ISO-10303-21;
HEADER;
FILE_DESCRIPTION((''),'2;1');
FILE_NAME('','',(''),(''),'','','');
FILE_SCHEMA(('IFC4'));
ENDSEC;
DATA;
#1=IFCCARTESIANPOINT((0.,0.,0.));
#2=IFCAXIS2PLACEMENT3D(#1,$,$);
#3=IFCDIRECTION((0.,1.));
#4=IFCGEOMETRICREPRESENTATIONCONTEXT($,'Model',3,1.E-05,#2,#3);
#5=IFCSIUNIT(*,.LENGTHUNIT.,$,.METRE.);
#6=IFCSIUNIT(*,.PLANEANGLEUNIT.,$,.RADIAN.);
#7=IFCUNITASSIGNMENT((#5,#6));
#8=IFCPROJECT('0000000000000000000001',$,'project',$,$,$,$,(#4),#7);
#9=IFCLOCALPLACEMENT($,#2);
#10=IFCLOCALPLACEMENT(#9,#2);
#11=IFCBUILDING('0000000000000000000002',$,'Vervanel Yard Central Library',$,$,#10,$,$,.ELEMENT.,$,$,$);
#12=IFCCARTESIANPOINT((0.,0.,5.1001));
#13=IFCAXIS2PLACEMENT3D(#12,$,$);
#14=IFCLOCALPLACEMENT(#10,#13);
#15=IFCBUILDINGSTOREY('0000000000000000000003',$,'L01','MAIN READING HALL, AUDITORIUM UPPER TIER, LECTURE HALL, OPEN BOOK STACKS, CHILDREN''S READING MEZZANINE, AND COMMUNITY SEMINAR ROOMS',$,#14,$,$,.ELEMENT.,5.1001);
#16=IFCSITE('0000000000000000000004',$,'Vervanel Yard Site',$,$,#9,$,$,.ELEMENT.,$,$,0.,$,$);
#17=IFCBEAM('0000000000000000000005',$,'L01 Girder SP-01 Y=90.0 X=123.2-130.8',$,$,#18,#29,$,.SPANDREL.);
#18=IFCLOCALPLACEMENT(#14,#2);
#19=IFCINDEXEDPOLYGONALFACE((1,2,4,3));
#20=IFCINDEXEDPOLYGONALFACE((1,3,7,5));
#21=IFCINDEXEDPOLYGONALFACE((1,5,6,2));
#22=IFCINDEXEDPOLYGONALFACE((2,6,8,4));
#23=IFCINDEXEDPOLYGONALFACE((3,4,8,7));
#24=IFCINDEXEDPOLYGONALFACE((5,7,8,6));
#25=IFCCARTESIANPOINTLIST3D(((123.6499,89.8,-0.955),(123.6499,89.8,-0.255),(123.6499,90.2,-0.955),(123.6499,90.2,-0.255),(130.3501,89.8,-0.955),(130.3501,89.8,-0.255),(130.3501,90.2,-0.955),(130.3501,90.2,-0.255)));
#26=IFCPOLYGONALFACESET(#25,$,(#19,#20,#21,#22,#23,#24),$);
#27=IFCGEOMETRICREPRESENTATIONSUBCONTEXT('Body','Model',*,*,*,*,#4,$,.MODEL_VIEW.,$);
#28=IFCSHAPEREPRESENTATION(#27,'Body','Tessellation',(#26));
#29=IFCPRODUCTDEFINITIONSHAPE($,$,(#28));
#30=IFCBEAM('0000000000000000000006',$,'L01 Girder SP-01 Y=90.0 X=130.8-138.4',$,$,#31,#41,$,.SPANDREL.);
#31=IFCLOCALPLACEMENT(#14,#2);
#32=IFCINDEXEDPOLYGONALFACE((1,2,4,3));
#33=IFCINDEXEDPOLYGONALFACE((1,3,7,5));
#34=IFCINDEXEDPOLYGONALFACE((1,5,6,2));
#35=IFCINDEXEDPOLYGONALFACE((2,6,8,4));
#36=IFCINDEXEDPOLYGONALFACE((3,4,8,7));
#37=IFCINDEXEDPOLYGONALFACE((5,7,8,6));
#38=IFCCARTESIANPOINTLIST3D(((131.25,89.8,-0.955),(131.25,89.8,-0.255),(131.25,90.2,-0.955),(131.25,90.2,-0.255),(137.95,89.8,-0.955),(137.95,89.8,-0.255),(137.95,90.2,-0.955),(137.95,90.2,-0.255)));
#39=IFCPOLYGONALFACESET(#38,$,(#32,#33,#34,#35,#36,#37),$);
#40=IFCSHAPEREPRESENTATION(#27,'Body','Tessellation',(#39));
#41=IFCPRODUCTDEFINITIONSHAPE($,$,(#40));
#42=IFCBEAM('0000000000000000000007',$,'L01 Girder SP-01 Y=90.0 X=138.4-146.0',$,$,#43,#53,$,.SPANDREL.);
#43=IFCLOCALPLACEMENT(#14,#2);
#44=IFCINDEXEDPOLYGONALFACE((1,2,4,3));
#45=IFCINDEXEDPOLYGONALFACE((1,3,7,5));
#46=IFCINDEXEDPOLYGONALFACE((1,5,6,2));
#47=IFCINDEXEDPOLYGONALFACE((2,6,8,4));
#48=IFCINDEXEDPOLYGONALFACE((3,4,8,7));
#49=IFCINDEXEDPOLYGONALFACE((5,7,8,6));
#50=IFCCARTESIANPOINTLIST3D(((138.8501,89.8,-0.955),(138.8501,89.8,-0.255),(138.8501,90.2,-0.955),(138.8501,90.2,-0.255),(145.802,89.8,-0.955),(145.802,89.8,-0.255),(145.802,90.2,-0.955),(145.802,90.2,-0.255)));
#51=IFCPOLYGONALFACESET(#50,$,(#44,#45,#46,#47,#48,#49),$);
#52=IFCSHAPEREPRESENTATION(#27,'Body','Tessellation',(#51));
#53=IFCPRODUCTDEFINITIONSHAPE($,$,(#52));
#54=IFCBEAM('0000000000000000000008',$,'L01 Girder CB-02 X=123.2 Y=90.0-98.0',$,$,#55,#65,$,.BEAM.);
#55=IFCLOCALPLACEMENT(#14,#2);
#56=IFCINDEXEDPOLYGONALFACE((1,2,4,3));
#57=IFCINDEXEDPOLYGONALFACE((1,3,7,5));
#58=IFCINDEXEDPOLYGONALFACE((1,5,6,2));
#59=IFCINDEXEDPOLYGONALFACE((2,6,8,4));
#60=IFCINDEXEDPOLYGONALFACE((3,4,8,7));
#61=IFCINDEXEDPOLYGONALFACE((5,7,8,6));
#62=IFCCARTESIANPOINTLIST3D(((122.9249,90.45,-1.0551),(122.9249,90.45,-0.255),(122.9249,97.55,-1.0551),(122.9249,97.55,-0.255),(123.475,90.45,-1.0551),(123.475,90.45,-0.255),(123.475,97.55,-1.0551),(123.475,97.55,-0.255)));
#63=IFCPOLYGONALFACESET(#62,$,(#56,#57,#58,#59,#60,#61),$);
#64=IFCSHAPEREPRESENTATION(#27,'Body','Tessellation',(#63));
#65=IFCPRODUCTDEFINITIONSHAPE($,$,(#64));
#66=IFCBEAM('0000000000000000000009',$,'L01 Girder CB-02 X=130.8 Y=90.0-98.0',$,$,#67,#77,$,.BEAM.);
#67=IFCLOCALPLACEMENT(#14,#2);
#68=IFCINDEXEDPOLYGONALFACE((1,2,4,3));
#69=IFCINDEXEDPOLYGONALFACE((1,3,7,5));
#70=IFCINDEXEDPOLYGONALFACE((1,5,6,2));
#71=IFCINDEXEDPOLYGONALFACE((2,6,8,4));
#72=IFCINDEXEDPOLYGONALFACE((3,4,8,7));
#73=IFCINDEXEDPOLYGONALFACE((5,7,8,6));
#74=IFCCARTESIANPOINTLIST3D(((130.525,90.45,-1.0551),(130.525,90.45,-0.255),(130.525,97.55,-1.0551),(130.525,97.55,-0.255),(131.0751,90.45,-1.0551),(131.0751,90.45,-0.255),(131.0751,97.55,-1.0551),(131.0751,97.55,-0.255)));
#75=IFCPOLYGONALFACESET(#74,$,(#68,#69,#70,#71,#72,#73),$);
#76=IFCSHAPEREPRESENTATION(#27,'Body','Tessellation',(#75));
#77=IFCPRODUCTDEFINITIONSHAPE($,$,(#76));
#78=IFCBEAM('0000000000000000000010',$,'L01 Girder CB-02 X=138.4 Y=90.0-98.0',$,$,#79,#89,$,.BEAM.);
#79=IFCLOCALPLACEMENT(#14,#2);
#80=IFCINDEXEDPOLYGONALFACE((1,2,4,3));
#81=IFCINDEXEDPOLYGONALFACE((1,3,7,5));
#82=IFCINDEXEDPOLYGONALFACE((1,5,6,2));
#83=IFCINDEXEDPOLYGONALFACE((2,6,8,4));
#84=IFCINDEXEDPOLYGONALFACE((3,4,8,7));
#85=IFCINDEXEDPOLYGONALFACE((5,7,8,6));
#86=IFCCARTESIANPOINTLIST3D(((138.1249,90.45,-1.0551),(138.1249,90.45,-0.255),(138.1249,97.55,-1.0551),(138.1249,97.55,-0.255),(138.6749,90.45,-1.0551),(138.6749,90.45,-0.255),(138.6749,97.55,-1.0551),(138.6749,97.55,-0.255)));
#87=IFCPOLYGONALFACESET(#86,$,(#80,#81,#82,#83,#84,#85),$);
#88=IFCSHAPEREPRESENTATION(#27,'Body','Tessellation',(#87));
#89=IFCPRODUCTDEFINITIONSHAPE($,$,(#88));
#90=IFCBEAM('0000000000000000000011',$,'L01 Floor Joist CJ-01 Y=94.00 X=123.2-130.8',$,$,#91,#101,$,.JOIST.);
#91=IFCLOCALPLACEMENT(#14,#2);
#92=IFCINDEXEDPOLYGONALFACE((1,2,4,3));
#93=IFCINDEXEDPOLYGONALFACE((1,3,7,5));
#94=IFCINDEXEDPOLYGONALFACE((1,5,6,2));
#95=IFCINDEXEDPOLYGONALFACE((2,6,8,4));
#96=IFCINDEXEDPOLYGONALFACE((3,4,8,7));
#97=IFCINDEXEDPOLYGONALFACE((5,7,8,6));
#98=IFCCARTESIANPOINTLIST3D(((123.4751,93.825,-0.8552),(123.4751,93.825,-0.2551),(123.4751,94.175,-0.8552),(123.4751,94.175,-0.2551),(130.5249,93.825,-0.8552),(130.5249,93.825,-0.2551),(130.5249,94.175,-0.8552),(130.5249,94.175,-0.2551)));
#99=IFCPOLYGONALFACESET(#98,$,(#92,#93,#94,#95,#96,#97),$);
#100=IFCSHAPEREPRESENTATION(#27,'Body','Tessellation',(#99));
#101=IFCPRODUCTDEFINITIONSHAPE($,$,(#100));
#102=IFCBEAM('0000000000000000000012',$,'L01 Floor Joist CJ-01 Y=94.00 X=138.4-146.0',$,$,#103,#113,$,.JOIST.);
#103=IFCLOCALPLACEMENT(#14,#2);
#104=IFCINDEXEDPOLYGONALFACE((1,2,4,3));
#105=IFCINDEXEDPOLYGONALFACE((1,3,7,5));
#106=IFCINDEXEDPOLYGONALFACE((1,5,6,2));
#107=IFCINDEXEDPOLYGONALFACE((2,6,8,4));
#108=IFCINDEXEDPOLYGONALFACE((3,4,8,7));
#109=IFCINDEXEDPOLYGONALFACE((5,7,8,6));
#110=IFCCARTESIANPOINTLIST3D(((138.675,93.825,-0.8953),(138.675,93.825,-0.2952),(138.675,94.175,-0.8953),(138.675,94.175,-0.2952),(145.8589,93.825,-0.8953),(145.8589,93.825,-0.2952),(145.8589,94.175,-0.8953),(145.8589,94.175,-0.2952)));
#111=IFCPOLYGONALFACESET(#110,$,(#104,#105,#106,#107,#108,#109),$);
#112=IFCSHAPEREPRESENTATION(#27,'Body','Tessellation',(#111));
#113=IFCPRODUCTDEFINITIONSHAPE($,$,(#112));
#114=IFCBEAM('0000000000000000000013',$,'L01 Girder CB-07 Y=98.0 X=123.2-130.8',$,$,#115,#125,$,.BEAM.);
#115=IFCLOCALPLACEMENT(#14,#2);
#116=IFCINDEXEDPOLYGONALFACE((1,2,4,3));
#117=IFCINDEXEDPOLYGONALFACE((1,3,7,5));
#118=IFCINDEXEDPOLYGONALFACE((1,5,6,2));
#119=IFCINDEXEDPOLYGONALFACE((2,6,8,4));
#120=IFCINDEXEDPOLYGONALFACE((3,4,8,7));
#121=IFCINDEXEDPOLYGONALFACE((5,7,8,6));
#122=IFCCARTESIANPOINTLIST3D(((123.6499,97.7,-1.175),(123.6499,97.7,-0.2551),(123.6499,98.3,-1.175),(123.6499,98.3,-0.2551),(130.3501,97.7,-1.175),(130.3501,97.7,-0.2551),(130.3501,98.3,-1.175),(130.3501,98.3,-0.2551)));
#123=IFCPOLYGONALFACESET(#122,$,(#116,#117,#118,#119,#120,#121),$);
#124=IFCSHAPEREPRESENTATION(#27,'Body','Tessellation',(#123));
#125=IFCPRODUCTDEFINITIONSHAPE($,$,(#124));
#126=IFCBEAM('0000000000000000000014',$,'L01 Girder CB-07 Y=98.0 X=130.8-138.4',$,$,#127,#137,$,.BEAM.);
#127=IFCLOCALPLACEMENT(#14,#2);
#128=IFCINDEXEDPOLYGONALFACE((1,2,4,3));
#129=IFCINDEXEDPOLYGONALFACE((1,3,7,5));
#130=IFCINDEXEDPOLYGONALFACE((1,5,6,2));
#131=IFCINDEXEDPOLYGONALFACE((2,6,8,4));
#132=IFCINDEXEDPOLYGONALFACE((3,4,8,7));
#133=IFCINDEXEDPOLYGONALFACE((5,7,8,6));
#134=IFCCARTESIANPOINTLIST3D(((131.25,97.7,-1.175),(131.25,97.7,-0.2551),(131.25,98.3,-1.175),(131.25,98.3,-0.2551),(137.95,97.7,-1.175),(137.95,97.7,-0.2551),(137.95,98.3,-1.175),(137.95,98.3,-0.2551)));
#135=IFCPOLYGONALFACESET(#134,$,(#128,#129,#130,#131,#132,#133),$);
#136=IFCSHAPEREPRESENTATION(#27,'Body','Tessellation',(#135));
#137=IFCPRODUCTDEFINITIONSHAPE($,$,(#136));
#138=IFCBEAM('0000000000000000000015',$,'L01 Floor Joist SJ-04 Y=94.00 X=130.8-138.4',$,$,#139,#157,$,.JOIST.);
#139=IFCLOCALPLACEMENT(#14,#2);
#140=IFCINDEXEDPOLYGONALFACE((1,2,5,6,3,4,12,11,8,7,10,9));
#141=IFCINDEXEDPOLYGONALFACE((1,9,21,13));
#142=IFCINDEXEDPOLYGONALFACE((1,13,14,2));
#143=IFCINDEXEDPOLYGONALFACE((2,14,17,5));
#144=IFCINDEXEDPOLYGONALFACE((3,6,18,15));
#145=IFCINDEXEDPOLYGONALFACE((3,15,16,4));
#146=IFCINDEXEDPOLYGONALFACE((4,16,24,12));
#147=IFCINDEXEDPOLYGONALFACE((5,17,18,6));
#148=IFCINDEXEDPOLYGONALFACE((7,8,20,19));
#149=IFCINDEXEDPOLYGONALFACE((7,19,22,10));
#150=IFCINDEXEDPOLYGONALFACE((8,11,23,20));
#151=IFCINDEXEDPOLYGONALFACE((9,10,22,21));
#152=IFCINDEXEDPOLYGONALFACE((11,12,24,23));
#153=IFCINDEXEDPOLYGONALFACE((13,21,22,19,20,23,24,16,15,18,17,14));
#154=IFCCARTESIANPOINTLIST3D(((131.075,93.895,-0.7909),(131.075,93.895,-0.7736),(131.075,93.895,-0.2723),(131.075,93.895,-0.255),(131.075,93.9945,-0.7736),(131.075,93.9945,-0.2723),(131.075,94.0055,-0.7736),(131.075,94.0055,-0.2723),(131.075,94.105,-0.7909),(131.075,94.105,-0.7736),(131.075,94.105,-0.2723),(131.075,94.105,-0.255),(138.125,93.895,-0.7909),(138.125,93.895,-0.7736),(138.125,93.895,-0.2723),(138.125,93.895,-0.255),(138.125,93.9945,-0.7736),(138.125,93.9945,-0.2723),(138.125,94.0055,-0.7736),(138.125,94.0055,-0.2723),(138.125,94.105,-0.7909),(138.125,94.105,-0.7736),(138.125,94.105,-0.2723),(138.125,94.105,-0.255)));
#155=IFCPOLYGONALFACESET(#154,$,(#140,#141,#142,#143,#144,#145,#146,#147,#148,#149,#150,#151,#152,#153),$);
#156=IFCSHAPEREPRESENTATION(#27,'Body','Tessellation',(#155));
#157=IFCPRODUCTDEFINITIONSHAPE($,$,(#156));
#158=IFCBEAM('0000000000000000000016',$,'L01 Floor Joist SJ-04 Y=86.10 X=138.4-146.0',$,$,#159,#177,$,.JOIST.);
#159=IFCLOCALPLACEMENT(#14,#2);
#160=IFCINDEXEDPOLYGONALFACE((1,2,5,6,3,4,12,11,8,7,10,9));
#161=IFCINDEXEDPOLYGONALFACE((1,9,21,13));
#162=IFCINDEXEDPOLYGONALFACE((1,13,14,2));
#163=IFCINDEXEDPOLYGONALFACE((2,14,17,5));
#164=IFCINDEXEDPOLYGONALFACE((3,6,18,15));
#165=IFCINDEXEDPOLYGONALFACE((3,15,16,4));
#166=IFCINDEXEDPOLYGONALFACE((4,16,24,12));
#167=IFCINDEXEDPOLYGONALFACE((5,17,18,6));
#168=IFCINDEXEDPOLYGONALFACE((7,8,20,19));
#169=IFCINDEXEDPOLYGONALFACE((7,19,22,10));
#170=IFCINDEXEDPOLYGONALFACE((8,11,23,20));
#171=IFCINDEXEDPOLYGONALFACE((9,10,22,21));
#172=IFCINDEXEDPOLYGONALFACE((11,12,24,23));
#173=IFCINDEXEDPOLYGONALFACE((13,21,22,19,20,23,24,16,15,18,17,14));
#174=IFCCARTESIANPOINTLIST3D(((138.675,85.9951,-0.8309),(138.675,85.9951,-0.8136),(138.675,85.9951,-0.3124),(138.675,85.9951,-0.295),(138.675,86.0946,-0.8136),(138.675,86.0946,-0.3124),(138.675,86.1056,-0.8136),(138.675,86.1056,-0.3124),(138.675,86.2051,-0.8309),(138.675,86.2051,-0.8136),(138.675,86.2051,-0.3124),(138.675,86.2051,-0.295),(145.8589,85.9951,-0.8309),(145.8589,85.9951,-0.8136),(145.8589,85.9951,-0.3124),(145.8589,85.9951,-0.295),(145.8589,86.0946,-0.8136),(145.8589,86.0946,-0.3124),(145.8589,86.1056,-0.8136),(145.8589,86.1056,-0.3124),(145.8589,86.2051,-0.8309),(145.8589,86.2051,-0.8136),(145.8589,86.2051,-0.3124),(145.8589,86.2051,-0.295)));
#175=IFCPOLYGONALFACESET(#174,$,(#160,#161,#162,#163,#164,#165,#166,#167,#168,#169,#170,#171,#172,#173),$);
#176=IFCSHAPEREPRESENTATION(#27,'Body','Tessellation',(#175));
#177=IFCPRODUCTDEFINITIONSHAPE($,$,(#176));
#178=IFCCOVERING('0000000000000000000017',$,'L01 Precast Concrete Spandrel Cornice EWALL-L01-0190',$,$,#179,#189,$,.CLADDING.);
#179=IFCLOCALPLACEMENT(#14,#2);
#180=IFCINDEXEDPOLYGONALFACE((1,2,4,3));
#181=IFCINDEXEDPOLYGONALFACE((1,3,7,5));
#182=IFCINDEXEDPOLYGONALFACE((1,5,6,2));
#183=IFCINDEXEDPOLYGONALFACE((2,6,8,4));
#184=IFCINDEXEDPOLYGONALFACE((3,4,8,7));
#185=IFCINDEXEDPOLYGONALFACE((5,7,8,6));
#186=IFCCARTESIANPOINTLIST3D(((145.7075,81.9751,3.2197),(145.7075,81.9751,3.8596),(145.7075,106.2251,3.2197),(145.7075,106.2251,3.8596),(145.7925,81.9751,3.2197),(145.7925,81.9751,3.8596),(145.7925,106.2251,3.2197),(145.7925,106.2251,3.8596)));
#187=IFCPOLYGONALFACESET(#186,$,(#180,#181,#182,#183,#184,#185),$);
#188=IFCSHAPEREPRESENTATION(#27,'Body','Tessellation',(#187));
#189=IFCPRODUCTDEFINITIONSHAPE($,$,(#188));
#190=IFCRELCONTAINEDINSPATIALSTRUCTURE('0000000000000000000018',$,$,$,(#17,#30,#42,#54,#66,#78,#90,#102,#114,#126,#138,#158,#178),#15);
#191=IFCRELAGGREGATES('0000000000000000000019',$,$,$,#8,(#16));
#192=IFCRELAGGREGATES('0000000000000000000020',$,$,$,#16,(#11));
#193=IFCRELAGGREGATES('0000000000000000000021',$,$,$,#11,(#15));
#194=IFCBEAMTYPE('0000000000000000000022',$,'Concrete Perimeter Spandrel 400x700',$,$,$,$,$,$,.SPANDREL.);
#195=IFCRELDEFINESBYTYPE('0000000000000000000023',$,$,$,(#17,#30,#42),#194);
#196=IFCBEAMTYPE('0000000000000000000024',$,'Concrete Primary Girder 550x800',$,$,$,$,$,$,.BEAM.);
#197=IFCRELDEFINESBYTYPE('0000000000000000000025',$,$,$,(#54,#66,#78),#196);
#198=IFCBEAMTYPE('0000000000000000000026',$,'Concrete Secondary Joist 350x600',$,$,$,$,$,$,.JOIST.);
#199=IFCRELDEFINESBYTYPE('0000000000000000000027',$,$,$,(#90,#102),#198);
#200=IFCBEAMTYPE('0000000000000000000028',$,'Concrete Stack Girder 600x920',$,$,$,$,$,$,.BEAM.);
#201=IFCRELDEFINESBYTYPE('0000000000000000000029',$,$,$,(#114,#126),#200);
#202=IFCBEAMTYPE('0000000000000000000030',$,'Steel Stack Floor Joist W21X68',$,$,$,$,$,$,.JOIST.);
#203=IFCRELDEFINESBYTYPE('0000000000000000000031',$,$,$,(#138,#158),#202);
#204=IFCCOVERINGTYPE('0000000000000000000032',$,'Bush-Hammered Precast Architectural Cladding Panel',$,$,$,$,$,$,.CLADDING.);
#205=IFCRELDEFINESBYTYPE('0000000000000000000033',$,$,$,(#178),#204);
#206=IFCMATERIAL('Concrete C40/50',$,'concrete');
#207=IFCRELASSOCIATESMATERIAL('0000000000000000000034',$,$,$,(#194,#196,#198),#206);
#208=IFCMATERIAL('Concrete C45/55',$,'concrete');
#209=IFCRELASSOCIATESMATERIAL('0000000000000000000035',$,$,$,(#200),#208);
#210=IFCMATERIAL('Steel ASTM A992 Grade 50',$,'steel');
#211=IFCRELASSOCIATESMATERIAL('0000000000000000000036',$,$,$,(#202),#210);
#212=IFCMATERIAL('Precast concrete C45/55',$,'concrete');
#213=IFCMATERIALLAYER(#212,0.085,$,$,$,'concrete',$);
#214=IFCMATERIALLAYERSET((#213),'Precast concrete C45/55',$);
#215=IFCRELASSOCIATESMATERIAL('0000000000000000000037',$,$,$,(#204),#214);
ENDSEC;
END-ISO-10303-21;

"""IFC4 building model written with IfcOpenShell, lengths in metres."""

from ifc_helpers import new_model, si_unit, direction, frame, origin, origin_2d, place, context, subcontext, project, spatial, rectangle, i_section, extrude, material, layer, layer_set, material_profile, profile_set, type_object, element, save


model = new_model("IFC4")

# Units and contexts
model_context = context("Model", 3, precision=1e-05, world=origin(), true_north=direction((0.0, 1.0)))
body_context = subcontext(model_context, "Body", "Model", "MODEL_VIEW")
ifc_project = project(units=[si_unit("LENGTHUNIT", "METRE"), si_unit("PLANEANGLEUNIT", "RADIAN")], contexts=[model_context])

# Site, building, storey
site_placement = place(None, origin())
site = spatial("IfcSite", under=ifc_project, at=site_placement, Name="Vervanel Yard Site", CompositionType="ELEMENT", RefElevation=0.0)
building_placement = place(site_placement, origin())
building = spatial("IfcBuilding", under=site, at=building_placement, Name="Vervanel Yard Central Library", CompositionType="ELEMENT")
storey_placement = place(building_placement, frame((0.0, 0.0, 5.1001)))
storey = spatial("IfcBuildingStorey", under=building, at=storey_placement, Name="L01", Description="MAIN READING HALL, AUDITORIUM UPPER TIER, LECTURE HALL, OPEN BOOK STACKS, CHILDREN'S READING MEZZANINE, AND COMMUNITY SEMINAR ROOMS", CompositionType="ELEMENT", Elevation=5.1001)

# Beams
ifc_material_1 = material(Name="Concrete C40/50", Category="concrete")
ifc_material_profile_1 = material_profile(ifc_material_1, rectangle(XDim=0.3999, YDim=0.7, at=origin_2d()), Name="RC 400x700", Category="concrete")
ifc_profile_set_1 = profile_set([ifc_material_profile_1], Name="Concrete C40/50")
beam_type_1 = type_object("IfcBeamType", Name="Concrete Perimeter Spandrel 400x700", PredefinedType="SPANDREL", material=ifc_profile_set_1)
beam_1_placement = place(storey_placement, frame((123.6499, 90.0, -0.605), z_axis=(1.0, 0.0, 0.0), x_axis=(0.0, 1.0, 0.0)))
element("IfcBeam", 1, at=beam_1_placement, inside=storey, type_object=beam_type_1, Name="L01 Girder SP-01 Y=90.0 X=123.2-130.8", PredefinedType="SPANDREL", context=body_context, shape_type="SweptSolid", body=[
    extrude(rectangle(XDim=0.3999, YDim=0.7, at=origin_2d()), origin(), (0.0, 0.0, 1.0), 6.7002),
])
beam_2_placement = place(storey_placement, frame((131.25, 90.0, -0.605), z_axis=(1.0, 0.0, 0.0), x_axis=(0.0, 1.0, 0.0)))
element("IfcBeam", 2, at=beam_2_placement, inside=storey, type_object=beam_type_1, Name="L01 Girder SP-01 Y=90.0 X=130.8-138.4", PredefinedType="SPANDREL", context=body_context, shape_type="SweptSolid", body=[
    extrude(rectangle(XDim=0.3999, YDim=0.7, at=origin_2d()), origin(), (0.0, 0.0, 1.0), 6.7),
])
beam_3_placement = place(storey_placement, frame((138.8501, 90.0, -0.605), z_axis=(1.0, 0.0, 0.0), x_axis=(0.0, 1.0, 0.0)))
element("IfcBeam", 3, at=beam_3_placement, inside=storey, type_object=beam_type_1, Name="L01 Girder SP-01 Y=90.0 X=138.4-146.0", PredefinedType="SPANDREL", context=body_context, shape_type="SweptSolid", body=[
    extrude(rectangle(XDim=0.3999, YDim=0.7, at=origin_2d()), origin(), (0.0, 0.0, 1.0), 6.9519),
])
ifc_material_profile_2 = material_profile(ifc_material_1, rectangle(XDim=0.55, YDim=0.8, at=origin_2d()), Name="RC 550x800", Category="concrete")
ifc_profile_set_2 = profile_set([ifc_material_profile_2], Name="Concrete C40/50")
beam_type_2 = type_object("IfcBeamType", Name="Concrete Primary Girder 550x800", PredefinedType="BEAM", material=ifc_profile_set_2)
for number, where, z_axis, x_axis, name in (
    (4, (123.2, 90.45, -0.655), (0.0, 1.0, 0.0), (-1.0, 0.0, 0.0), "L01 Girder CB-02 X=123.2 Y=90.0-98.0"),
    (5, (130.8, 90.45, -0.655), (0.0, 1.0, 0.0), (-1.0, 0.0, 0.0), "L01 Girder CB-02 X=130.8 Y=90.0-98.0"),
    (6, (138.3999, 90.45, -0.655), (0.0, 1.0, 0.0), (-1.0, 0.0, 0.0), "L01 Girder CB-02 X=138.4 Y=90.0-98.0"),
):
    element("IfcBeam", number, at=place(storey_placement, frame(where, z_axis=z_axis, x_axis=x_axis)), inside=storey, type_object=beam_type_2, Name=name, PredefinedType="BEAM", context=body_context, shape_type="SweptSolid", body=[
        extrude(rectangle(XDim=0.55, YDim=0.8, at=origin_2d()), origin(), (0.0, 0.0, 1.0), 7.1001),
    ])
ifc_material_profile_3 = material_profile(ifc_material_1, rectangle(XDim=0.3501, YDim=0.6001, at=origin_2d()), Name="RC 350x600", Category="concrete")
ifc_profile_set_3 = profile_set([ifc_material_profile_3], Name="Concrete C40/50")
beam_type_3 = type_object("IfcBeamType", Name="Concrete Secondary Joist 350x600", PredefinedType="JOIST", material=ifc_profile_set_3)
beam_4_placement = place(storey_placement, frame((123.4751, 94.0, -0.5552), z_axis=(1.0, 0.0, 0.0), x_axis=(0.0, 1.0, 0.0)))
element("IfcBeam", 7, at=beam_4_placement, inside=storey, type_object=beam_type_3, Name="L01 Floor Joist CJ-01 Y=94.00 X=123.2-130.8", PredefinedType="JOIST", context=body_context, shape_type="SweptSolid", body=[
    extrude(rectangle(XDim=0.3501, YDim=0.6001, at=origin_2d()), origin(), (0.0, 0.0, 1.0), 7.0498),
])
beam_5_placement = place(storey_placement, frame((138.675, 94.0, -0.5952), z_axis=(1.0, 0.0, 0.0), x_axis=(0.0, 1.0, 0.0)))
element("IfcBeam", 8, at=beam_5_placement, inside=storey, type_object=beam_type_3, Name="L01 Floor Joist CJ-01 Y=94.00 X=138.4-146.0", PredefinedType="JOIST", context=body_context, shape_type="SweptSolid", body=[
    extrude(rectangle(XDim=0.3501, YDim=0.6001, at=origin_2d()), origin(), (0.0, 0.0, 1.0), 7.1838),
])
ifc_material_2 = material(Name="Concrete C45/55", Category="concrete")
ifc_material_profile_4 = material_profile(ifc_material_2, rectangle(XDim=0.6001, YDim=0.9199, at=origin_2d()), Name="RC 600x920", Category="concrete")
ifc_profile_set_4 = profile_set([ifc_material_profile_4], Name="Concrete C45/55")
beam_type_4 = type_object("IfcBeamType", Name="Concrete Stack Girder 600x920", PredefinedType="BEAM", material=ifc_profile_set_4)
beam_6_placement = place(storey_placement, frame((123.6499, 98.0, -0.7151), z_axis=(1.0, 0.0, 0.0), x_axis=(0.0, 1.0, 0.0)))
element("IfcBeam", 9, at=beam_6_placement, inside=storey, type_object=beam_type_4, Name="L01 Girder CB-07 Y=98.0 X=123.2-130.8", PredefinedType="BEAM", context=body_context, shape_type="SweptSolid", body=[
    extrude(rectangle(XDim=0.6001, YDim=0.9199, at=origin_2d()), origin(), (0.0, 0.0, 1.0), 6.7002),
])
beam_7_placement = place(storey_placement, frame((131.25, 98.0, -0.7151), z_axis=(1.0, 0.0, 0.0), x_axis=(0.0, 1.0, 0.0)))
element("IfcBeam", 10, at=beam_7_placement, inside=storey, type_object=beam_type_4, Name="L01 Girder CB-07 Y=98.0 X=130.8-138.4", PredefinedType="BEAM", context=body_context, shape_type="SweptSolid", body=[
    extrude(rectangle(XDim=0.6001, YDim=0.9199, at=origin_2d()), origin(), (0.0, 0.0, 1.0), 6.7),
])
ifc_material_3 = material(Name="Steel ASTM A992 Grade 50", Category="steel")
ifc_material_profile_5 = material_profile(ifc_material_3, i_section(OverallWidth=0.21, OverallDepth=0.5359, WebThickness=0.011, FlangeThickness=0.0173, at=origin_2d()), Name="W21X68", Category="steel")
ifc_profile_set_5 = profile_set([ifc_material_profile_5], Name="Steel ASTM A992 Grade 50")
beam_type_5 = type_object("IfcBeamType", Name="Steel Stack Floor Joist W21X68", PredefinedType="JOIST", material=ifc_profile_set_5)
beam_8_placement = place(storey_placement, frame((131.075, 94.0, -0.5229), z_axis=(1.0, 0.0, 0.0), x_axis=(0.0, 1.0, 0.0)))
element("IfcBeam", 11, at=beam_8_placement, inside=storey, type_object=beam_type_5, Name="L01 Floor Joist SJ-04 Y=94.00 X=130.8-138.4", PredefinedType="JOIST", context=body_context, shape_type="SweptSolid", body=[
    extrude(i_section(OverallWidth=0.21, OverallDepth=0.5359, WebThickness=0.011, FlangeThickness=0.0173, at=origin_2d()), origin(), (0.0, 0.0, 1.0), 7.05),
])
beam_9_placement = place(storey_placement, frame((138.675, 86.1001, -0.563), z_axis=(1.0, 0.0, 0.0), x_axis=(0.0, 1.0, 0.0)))
element("IfcBeam", 12, at=beam_9_placement, inside=storey, type_object=beam_type_5, Name="L01 Floor Joist SJ-04 Y=86.10 X=138.4-146.0", PredefinedType="JOIST", context=body_context, shape_type="SweptSolid", body=[
    extrude(i_section(OverallWidth=0.21, OverallDepth=0.5359, WebThickness=0.011, FlangeThickness=0.0173, at=origin_2d()), origin(), (0.0, 0.0, 1.0), 7.1838),
])

# Covering
ifc_material_4 = material(Name="Precast concrete C45/55", Category="concrete")
ifc_layer = layer(ifc_material_4, 0.085, Category="concrete")
ifc_layer_set = layer_set([ifc_layer], Name="Precast concrete C45/55")
covering_type = type_object("IfcCoveringType", Name="Bush-Hammered Precast Architectural Cladding Panel", PredefinedType="CLADDING", material=ifc_layer_set)
covering_placement = place(storey_placement, frame((145.75, 94.1001, 3.2197), z_axis=(0.0, 0.0, 1.0), x_axis=(0.0, 1.0, 0.0)))
element("IfcCovering", 13, at=covering_placement, inside=storey, type_object=covering_type, Name="L01 Precast Concrete Spandrel Cornice EWALL-L01-0190", PredefinedType="CLADDING", context=body_context, shape_type="SweptSolid", body=[
    extrude(rectangle(XDim=24.25, YDim=0.085, at=origin_2d()), origin(), (0.0, 0.0, 1.0), 0.6399),
])

save(model, "model.ifc")
